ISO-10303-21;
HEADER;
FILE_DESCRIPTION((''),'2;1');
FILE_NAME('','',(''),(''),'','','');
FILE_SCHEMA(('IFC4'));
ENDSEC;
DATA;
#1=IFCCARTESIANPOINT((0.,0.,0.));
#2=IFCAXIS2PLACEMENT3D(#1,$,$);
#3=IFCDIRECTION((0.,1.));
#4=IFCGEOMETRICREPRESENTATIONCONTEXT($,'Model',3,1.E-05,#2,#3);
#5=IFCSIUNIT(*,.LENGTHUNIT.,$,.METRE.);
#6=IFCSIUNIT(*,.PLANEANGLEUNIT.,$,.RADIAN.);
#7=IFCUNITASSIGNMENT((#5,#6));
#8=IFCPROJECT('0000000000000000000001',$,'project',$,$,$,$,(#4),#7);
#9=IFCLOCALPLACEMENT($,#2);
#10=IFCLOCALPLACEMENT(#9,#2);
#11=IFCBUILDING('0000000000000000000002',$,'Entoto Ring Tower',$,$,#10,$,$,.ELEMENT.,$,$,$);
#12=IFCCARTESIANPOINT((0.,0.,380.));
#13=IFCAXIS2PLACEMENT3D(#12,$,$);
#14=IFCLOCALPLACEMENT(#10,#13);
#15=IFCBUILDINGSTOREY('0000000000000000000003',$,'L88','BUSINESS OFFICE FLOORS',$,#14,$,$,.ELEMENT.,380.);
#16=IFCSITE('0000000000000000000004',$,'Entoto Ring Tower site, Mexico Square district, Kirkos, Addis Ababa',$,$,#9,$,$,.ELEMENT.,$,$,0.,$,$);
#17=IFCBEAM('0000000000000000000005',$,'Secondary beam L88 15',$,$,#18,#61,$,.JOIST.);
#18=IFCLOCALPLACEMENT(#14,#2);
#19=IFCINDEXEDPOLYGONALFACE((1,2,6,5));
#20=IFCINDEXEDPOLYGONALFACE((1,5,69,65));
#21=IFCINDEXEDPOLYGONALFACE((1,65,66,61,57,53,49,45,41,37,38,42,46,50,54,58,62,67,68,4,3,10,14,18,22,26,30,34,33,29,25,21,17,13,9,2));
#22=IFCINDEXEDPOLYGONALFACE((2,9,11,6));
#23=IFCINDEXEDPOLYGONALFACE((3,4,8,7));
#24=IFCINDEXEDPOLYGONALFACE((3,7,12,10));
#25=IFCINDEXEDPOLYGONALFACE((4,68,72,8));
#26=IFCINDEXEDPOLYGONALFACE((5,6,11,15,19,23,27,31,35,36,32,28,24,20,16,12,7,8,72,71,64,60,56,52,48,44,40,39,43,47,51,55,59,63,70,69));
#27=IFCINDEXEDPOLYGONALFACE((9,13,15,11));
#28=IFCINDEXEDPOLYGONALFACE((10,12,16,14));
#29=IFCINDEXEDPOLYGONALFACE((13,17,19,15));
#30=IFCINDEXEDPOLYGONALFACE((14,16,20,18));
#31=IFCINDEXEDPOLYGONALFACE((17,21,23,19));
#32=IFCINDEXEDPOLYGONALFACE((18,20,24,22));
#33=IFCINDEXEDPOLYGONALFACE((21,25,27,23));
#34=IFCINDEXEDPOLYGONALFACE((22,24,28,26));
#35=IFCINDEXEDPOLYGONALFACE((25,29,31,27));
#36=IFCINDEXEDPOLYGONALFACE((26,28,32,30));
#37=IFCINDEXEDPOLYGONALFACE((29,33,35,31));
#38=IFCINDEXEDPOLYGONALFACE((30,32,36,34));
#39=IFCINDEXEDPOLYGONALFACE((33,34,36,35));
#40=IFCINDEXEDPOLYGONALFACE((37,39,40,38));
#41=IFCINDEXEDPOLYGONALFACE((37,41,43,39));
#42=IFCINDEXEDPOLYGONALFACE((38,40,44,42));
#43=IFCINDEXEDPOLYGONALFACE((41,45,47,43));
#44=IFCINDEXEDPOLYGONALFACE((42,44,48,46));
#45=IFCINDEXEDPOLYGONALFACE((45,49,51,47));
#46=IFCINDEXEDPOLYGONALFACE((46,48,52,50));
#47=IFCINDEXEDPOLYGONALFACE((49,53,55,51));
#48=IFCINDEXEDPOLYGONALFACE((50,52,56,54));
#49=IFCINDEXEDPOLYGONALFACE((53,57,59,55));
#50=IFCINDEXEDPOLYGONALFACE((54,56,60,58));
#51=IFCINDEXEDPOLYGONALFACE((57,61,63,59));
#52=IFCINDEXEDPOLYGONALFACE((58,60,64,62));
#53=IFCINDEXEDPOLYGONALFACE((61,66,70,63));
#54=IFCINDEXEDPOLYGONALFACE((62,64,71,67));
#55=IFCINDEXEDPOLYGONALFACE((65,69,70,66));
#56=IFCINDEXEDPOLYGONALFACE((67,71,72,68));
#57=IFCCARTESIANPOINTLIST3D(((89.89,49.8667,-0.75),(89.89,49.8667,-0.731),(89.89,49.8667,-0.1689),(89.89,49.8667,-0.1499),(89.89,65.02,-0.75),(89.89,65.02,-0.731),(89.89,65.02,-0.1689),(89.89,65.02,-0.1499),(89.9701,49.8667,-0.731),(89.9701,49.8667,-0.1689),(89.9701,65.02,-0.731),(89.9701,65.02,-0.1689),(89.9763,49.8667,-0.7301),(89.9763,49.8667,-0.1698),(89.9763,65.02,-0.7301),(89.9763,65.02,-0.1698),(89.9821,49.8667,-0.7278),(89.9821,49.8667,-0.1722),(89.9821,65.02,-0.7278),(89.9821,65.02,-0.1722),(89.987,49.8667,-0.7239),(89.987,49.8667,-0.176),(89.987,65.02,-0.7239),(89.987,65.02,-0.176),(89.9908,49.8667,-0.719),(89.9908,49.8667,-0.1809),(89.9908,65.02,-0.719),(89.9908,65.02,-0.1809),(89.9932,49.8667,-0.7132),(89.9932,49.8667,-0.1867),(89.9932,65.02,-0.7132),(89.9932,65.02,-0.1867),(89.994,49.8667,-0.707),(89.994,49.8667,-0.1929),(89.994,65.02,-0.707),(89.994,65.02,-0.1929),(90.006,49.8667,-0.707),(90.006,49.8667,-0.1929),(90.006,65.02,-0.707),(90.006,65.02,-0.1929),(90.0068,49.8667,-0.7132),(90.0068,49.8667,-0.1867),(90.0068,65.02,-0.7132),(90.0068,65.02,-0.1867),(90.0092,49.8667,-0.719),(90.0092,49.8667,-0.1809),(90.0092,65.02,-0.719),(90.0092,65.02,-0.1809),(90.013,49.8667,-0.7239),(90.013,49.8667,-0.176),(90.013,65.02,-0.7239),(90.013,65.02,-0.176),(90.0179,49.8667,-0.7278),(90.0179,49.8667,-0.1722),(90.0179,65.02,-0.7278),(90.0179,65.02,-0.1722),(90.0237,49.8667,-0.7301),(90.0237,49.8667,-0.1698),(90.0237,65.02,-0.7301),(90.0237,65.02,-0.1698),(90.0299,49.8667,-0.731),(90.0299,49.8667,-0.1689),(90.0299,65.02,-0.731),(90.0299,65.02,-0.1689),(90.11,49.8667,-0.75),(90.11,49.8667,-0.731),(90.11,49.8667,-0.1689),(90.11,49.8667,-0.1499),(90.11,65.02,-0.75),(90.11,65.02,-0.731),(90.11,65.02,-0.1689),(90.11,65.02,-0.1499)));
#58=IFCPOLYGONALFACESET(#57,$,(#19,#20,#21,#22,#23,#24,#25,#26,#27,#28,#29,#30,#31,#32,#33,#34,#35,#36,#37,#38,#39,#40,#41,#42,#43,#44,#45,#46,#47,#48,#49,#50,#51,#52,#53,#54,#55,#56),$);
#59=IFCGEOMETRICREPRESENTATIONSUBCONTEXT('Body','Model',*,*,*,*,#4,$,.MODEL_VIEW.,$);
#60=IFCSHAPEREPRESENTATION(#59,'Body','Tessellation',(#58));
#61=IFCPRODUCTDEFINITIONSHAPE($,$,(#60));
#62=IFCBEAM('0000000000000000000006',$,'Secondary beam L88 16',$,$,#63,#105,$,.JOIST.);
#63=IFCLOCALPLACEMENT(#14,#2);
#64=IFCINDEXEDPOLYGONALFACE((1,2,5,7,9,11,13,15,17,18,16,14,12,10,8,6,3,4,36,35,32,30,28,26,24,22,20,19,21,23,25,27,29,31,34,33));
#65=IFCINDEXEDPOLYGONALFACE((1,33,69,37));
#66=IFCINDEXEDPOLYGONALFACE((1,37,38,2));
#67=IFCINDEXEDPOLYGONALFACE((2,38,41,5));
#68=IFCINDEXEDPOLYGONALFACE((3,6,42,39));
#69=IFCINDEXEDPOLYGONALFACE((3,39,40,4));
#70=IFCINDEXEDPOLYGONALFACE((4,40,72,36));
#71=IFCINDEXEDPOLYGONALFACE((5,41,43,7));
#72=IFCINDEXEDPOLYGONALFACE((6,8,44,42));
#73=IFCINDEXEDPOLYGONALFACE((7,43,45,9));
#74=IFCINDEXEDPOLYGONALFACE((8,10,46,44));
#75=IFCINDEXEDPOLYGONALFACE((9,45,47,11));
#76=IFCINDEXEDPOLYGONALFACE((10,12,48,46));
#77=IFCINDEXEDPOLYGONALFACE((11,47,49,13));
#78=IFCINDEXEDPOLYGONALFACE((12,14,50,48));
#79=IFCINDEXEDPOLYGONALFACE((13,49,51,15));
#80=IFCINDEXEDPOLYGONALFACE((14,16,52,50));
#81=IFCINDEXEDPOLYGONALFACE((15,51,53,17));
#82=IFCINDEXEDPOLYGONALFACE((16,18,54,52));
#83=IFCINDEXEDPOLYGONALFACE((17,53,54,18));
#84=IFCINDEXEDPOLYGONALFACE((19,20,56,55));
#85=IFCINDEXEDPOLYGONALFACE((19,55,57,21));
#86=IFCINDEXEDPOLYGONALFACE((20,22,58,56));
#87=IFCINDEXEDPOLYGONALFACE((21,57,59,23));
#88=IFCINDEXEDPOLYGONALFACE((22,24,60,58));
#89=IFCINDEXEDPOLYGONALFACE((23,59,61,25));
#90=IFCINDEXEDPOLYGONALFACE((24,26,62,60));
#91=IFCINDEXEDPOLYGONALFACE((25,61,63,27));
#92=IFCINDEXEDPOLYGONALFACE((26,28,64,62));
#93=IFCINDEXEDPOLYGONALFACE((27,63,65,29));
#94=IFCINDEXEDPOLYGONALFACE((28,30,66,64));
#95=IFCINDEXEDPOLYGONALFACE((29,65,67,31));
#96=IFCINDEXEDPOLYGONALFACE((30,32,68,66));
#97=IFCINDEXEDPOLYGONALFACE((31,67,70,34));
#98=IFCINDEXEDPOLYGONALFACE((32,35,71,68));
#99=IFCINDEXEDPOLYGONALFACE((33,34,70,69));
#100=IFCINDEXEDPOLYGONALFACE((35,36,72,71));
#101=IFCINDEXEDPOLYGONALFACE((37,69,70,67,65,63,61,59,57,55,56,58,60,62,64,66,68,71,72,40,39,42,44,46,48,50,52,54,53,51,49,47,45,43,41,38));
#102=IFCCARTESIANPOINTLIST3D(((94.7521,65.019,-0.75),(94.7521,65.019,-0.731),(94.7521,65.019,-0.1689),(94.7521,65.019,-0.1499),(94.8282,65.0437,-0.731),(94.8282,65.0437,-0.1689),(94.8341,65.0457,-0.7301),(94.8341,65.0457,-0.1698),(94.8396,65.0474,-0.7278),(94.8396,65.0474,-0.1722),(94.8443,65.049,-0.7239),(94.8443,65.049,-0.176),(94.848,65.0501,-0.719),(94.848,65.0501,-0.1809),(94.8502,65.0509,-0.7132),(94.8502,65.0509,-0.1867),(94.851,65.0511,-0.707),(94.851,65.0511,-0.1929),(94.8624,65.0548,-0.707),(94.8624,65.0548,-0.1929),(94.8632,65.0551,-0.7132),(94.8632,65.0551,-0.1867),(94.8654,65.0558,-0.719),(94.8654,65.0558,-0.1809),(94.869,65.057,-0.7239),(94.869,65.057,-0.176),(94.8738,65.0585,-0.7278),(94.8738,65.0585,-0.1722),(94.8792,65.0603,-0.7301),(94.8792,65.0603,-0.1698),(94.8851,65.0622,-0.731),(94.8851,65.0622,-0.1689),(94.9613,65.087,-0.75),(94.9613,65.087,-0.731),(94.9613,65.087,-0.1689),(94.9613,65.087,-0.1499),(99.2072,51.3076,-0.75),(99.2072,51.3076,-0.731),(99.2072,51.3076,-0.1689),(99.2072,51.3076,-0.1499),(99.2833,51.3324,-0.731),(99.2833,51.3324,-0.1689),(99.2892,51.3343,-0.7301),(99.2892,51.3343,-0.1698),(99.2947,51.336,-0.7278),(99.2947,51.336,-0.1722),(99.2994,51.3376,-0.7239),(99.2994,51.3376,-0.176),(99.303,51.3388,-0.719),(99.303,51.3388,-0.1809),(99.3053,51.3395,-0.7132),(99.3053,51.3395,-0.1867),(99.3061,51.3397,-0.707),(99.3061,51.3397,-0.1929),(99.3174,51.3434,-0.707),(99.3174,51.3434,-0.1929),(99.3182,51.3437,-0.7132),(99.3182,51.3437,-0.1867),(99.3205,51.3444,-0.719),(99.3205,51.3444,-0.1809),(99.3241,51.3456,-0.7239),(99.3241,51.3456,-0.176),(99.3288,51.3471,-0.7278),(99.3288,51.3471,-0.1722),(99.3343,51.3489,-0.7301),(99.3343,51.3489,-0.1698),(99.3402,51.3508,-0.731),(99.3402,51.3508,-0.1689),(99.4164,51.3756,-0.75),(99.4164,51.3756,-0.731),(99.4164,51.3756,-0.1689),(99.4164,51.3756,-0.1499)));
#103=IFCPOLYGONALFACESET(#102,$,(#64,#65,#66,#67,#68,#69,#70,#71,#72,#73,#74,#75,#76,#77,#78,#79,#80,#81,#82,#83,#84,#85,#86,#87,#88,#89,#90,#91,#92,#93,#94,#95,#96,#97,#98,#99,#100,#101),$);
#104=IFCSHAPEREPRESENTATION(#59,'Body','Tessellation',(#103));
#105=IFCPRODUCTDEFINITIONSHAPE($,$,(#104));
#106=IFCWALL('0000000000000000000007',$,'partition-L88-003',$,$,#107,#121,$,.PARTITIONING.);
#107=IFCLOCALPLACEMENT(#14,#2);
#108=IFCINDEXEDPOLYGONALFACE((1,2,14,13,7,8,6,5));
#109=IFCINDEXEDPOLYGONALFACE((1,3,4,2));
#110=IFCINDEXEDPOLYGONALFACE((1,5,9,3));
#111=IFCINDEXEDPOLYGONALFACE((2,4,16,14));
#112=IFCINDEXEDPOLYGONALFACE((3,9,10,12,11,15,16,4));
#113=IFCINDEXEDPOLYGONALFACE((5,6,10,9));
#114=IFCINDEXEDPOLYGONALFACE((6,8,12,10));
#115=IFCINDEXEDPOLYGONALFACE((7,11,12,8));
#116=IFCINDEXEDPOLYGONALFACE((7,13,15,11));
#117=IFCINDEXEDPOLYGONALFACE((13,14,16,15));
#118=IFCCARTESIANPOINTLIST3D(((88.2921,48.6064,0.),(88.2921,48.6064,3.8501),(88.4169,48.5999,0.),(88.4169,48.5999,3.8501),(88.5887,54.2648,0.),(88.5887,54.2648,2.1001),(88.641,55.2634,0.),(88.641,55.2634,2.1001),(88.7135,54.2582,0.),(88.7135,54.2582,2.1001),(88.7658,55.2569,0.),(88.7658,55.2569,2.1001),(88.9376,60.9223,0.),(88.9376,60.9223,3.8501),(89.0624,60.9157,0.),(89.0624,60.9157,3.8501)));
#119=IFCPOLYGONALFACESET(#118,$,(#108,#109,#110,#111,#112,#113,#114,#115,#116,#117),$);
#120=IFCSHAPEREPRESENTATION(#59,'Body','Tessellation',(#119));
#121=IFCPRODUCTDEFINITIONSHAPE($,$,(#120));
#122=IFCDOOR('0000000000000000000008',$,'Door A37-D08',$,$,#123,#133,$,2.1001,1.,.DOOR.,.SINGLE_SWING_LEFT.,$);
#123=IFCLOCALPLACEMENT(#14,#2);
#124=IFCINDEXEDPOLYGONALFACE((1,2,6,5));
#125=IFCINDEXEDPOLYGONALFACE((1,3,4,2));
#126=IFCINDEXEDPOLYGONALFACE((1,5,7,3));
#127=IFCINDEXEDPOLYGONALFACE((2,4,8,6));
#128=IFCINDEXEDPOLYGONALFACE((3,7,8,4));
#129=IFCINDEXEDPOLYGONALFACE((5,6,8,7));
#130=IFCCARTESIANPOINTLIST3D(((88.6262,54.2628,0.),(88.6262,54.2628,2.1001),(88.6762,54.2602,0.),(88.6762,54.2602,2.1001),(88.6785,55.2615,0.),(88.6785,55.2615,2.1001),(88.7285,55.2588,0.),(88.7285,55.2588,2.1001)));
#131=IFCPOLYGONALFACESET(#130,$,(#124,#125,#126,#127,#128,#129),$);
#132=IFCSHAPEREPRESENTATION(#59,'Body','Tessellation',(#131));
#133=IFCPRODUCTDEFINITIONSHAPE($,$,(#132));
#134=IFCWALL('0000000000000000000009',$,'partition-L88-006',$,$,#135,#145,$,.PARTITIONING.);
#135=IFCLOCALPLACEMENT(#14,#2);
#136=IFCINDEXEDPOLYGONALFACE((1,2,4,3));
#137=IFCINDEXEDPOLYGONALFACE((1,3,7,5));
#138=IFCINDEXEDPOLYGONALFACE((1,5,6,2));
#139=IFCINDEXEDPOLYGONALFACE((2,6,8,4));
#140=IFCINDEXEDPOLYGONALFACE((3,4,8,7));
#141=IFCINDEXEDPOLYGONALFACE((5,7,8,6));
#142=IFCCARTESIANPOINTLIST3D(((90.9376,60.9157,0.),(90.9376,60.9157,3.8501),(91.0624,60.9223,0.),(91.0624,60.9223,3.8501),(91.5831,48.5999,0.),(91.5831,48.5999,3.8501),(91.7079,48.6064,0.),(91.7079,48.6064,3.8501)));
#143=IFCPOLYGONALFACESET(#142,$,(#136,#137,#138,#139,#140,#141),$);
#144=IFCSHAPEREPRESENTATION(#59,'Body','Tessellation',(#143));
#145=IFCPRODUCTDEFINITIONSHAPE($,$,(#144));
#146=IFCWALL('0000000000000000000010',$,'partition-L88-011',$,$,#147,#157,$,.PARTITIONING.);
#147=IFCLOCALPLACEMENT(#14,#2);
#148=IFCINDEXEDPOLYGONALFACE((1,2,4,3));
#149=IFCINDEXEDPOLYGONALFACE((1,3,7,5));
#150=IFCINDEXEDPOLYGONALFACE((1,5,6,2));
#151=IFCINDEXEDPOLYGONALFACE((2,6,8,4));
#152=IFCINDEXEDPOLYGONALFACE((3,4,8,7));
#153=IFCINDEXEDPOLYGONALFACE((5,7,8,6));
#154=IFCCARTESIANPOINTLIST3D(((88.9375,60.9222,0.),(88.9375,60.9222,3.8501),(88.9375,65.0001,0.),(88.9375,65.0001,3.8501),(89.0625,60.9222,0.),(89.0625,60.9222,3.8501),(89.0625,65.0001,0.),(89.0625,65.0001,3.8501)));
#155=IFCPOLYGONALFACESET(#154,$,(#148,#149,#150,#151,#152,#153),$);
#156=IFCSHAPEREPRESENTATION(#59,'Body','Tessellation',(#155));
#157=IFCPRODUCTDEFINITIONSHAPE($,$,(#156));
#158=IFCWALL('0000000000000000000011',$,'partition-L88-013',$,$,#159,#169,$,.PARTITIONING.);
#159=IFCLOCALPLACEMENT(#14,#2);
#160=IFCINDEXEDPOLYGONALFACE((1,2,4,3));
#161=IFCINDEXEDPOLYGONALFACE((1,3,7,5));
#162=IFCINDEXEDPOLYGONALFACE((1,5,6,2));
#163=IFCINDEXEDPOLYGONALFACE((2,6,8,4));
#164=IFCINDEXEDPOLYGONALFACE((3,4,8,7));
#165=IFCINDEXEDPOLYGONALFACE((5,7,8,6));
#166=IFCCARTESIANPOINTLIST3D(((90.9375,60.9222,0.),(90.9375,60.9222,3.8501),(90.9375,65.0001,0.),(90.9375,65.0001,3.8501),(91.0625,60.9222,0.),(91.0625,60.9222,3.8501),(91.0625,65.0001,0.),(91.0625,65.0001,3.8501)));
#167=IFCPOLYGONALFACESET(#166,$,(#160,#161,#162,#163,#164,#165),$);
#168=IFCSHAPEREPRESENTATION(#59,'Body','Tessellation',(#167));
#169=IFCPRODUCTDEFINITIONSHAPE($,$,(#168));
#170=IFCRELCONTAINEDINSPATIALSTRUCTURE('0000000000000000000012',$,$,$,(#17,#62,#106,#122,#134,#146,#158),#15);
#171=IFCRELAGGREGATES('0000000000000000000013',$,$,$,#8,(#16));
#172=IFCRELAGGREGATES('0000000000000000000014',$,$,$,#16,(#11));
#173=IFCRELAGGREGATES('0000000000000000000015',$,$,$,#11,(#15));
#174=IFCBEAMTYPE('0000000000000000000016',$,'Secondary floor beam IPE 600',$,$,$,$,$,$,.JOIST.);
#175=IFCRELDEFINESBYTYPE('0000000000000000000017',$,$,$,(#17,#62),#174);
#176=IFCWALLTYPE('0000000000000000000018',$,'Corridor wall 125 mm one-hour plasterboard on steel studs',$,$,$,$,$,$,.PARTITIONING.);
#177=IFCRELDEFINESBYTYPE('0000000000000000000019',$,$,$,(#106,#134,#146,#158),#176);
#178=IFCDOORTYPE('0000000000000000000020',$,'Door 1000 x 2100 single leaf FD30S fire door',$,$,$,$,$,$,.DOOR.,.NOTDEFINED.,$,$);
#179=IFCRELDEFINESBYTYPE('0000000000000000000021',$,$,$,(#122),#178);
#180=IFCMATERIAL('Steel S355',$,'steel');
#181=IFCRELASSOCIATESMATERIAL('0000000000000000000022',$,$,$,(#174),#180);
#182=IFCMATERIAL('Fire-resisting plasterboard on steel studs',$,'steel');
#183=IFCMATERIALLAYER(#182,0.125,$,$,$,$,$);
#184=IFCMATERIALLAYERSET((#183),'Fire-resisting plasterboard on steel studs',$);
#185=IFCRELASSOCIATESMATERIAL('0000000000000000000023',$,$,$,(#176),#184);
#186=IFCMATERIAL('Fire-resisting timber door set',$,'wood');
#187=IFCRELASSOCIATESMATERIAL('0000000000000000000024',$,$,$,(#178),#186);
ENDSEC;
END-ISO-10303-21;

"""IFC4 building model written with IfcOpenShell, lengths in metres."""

from ifc_helpers import new_model, si_unit, direction, frame, frame_2d, origin, origin_2d, place, context, subcontext, project, spatial, rectangle, i_section, extrude, material, layer, layer_set, material_profile, profile_set, type_object, element, fill, save


model = new_model("IFC4")

# Units and contexts
model_context = context("Model", 3, precision=1e-05, world=origin(), true_north=direction((0.0, 1.0)))
body_context = subcontext(model_context, "Body", "Model", "MODEL_VIEW")
ifc_project = project(units=[si_unit("LENGTHUNIT", "METRE"), si_unit("PLANEANGLEUNIT", "RADIAN")], contexts=[model_context])

# Site, building, storey
site_placement = place(None, origin())
site = spatial("IfcSite", under=ifc_project, at=site_placement, Name="Entoto Ring Tower site, Mexico Square district, Kirkos, Addis Ababa", CompositionType="ELEMENT", RefElevation=0.0)
building_placement = place(site_placement, origin())
building = spatial("IfcBuilding", under=site, at=building_placement, Name="Entoto Ring Tower", CompositionType="ELEMENT")
storey_placement = place(building_placement, frame((0.0, 0.0, 380.0)))
storey = spatial("IfcBuildingStorey", under=building, at=storey_placement, Name="L88", Description="BUSINESS OFFICE FLOORS", CompositionType="ELEMENT", Elevation=380.0)

# Beams
ifc_material_1 = material(Name="Steel S355", Category="steel")
ifc_material_profile_1 = material_profile(ifc_material_1, i_section(OverallWidth=0.22, OverallDepth=0.6001, WebThickness=0.012, FlangeThickness=0.019, FilletRadius=0.0239, at=origin_2d()), Name="IPE 600")
ifc_profile_set_1 = profile_set([ifc_material_profile_1], Name="Steel S355")
beam_type_1 = type_object("IfcBeamType", Name="Secondary floor beam IPE 600", PredefinedType="JOIST", material=ifc_profile_set_1)
beam_1_placement = place(storey_placement, frame((90.0, 65.02, -0.45), z_axis=(0.0, -1.0, 0.0), x_axis=(1.0, 0.0, 0.0)))
element("IfcBeam", 1, at=beam_1_placement, inside=storey, type_object=beam_type_1, Name="Secondary beam L88 15", PredefinedType="JOIST", context=body_context, shape_type="SweptSolid", body=[
    extrude(i_section(OverallWidth=0.22, OverallDepth=0.6001, WebThickness=0.012, FlangeThickness=0.019, FilletRadius=0.0239, at=origin_2d()), origin(), (0.0, 0.0, 1.0), 15.1533),
])
beam_2_placement = place(storey_placement, frame((94.8567, 65.053, -0.45), z_axis=(0.309015, -0.951057, 0.0), x_axis=(0.951057, 0.309015, 0.0)))
element("IfcBeam", 2, at=beam_2_placement, inside=storey, type_object=beam_type_1, Name="Secondary beam L88 16", PredefinedType="JOIST", context=body_context, shape_type="SweptSolid", body=[
    extrude(i_section(OverallWidth=0.22, OverallDepth=0.6001, WebThickness=0.012, FlangeThickness=0.019, FilletRadius=0.0239, at=origin_2d()), origin(), (0.0, 0.0, 1.0), 14.417),
])

# Wall, opening, door
ifc_material_2 = material(Name="Fire-resisting plasterboard on steel studs", Category="steel")
ifc_layer = layer(ifc_material_2, 0.125)
ifc_layer_set = layer_set([ifc_layer], Name="Fire-resisting plasterboard on steel studs")
wall_type = type_object("IfcWallType", Name="Corridor wall 125 mm one-hour plasterboard on steel studs", PredefinedType="PARTITIONING", material=ifc_layer_set)
wall_1_placement = place(storey_placement, frame((88.3545, 48.603, 0.0), z_axis=(0.0, 0.0, 1.0), x_axis=(0.052341, 0.998629, 0.0)))
wall_1 = element("IfcWall", 3, at=wall_1_placement, inside=storey, type_object=wall_type, Name="partition-L88-003", PredefinedType="PARTITIONING", context=body_context, shape_type="SweptSolid", body=[
    extrude(rectangle(XDim=12.3328, YDim=0.125, at=frame_2d((6.1665, 0.0))), origin(), (0.0, 0.0, 1.0), 3.8501),
])
opening_placement = place(wall_1_placement, frame((5.6663, 0.0, 0.0)))
opening = element("IfcOpeningElement", 4, at=opening_placement, cuts=wall_1, PredefinedType="OPENING", context=body_context, shape_type="SweptSolid", body=[
    extrude(rectangle(XDim=1.0, YDim=2.1001, at=frame_2d((0.5, 1.05))), frame((0.0, 0.0725, 0.0), z_axis=(0.0, -1.0, 0.0), x_axis=(1.0, 0.0, 0.0)), (0.0, 0.0, 1.0), 0.145),
])
ifc_material_3 = material(Name="Fire-resisting timber door set", Category="wood")
door_type = type_object("IfcDoorType", Name="Door 1000 x 2100 single leaf FD30S fire door", OperationType="NOTDEFINED", PredefinedType="DOOR", material=ifc_material_3)
door_placement = place(opening_placement, origin())
door = element("IfcDoor", 5, at=door_placement, inside=storey, type_object=door_type, Name="Door A37-D08", OperationType="SINGLE_SWING_LEFT", OverallHeight=2.1001, OverallWidth=1.0, PredefinedType="DOOR", context=body_context, shape_type="SweptSolid", body=[
    extrude(rectangle(XDim=1.0, YDim=2.1001, at=frame_2d((0.5, 1.05))), frame((0.0, 0.0249, 0.0), z_axis=(0.0, -1.0, 0.0), x_axis=(1.0, 0.0, 0.0)), (0.0, 0.0, 1.0), 0.05),
])
fill(opening, door)

# Walls
wall_2_placement = place(storey_placement, frame((91.6455, 48.603, 0.0), z_axis=(0.0, 0.0, 1.0), x_axis=(-0.052341, 0.998629, 0.0)))
element("IfcWall", 6, at=wall_2_placement, inside=storey, type_object=wall_type, Name="partition-L88-006", PredefinedType="PARTITIONING", context=body_context, shape_type="SweptSolid", body=[
    extrude(rectangle(XDim=12.3328, YDim=0.125, at=frame_2d((6.1665, 0.0))), origin(), (0.0, 0.0, 1.0), 3.8501),
])
for number, where, z_axis, x_axis, name in (
    (7, (89.0, 60.9221, 0.0), (0.0, 0.0, 1.0), (0.0, 1.0, 0.0), "partition-L88-011"),
    (8, (91.0, 60.9221, 0.0), (0.0, 0.0, 1.0), (0.0, 1.0, 0.0), "partition-L88-013"),
):
    element("IfcWall", number, at=place(storey_placement, frame(where, z_axis=z_axis, x_axis=x_axis)), inside=storey, type_object=wall_type, Name=name, PredefinedType="PARTITIONING", context=body_context, shape_type="SweptSolid", body=[
        extrude(rectangle(XDim=4.0779, YDim=0.125, at=frame_2d((2.0391, 0.0))), origin(), (0.0, 0.0, 1.0), 3.8501),
    ])

save(model, "model.ifc")
